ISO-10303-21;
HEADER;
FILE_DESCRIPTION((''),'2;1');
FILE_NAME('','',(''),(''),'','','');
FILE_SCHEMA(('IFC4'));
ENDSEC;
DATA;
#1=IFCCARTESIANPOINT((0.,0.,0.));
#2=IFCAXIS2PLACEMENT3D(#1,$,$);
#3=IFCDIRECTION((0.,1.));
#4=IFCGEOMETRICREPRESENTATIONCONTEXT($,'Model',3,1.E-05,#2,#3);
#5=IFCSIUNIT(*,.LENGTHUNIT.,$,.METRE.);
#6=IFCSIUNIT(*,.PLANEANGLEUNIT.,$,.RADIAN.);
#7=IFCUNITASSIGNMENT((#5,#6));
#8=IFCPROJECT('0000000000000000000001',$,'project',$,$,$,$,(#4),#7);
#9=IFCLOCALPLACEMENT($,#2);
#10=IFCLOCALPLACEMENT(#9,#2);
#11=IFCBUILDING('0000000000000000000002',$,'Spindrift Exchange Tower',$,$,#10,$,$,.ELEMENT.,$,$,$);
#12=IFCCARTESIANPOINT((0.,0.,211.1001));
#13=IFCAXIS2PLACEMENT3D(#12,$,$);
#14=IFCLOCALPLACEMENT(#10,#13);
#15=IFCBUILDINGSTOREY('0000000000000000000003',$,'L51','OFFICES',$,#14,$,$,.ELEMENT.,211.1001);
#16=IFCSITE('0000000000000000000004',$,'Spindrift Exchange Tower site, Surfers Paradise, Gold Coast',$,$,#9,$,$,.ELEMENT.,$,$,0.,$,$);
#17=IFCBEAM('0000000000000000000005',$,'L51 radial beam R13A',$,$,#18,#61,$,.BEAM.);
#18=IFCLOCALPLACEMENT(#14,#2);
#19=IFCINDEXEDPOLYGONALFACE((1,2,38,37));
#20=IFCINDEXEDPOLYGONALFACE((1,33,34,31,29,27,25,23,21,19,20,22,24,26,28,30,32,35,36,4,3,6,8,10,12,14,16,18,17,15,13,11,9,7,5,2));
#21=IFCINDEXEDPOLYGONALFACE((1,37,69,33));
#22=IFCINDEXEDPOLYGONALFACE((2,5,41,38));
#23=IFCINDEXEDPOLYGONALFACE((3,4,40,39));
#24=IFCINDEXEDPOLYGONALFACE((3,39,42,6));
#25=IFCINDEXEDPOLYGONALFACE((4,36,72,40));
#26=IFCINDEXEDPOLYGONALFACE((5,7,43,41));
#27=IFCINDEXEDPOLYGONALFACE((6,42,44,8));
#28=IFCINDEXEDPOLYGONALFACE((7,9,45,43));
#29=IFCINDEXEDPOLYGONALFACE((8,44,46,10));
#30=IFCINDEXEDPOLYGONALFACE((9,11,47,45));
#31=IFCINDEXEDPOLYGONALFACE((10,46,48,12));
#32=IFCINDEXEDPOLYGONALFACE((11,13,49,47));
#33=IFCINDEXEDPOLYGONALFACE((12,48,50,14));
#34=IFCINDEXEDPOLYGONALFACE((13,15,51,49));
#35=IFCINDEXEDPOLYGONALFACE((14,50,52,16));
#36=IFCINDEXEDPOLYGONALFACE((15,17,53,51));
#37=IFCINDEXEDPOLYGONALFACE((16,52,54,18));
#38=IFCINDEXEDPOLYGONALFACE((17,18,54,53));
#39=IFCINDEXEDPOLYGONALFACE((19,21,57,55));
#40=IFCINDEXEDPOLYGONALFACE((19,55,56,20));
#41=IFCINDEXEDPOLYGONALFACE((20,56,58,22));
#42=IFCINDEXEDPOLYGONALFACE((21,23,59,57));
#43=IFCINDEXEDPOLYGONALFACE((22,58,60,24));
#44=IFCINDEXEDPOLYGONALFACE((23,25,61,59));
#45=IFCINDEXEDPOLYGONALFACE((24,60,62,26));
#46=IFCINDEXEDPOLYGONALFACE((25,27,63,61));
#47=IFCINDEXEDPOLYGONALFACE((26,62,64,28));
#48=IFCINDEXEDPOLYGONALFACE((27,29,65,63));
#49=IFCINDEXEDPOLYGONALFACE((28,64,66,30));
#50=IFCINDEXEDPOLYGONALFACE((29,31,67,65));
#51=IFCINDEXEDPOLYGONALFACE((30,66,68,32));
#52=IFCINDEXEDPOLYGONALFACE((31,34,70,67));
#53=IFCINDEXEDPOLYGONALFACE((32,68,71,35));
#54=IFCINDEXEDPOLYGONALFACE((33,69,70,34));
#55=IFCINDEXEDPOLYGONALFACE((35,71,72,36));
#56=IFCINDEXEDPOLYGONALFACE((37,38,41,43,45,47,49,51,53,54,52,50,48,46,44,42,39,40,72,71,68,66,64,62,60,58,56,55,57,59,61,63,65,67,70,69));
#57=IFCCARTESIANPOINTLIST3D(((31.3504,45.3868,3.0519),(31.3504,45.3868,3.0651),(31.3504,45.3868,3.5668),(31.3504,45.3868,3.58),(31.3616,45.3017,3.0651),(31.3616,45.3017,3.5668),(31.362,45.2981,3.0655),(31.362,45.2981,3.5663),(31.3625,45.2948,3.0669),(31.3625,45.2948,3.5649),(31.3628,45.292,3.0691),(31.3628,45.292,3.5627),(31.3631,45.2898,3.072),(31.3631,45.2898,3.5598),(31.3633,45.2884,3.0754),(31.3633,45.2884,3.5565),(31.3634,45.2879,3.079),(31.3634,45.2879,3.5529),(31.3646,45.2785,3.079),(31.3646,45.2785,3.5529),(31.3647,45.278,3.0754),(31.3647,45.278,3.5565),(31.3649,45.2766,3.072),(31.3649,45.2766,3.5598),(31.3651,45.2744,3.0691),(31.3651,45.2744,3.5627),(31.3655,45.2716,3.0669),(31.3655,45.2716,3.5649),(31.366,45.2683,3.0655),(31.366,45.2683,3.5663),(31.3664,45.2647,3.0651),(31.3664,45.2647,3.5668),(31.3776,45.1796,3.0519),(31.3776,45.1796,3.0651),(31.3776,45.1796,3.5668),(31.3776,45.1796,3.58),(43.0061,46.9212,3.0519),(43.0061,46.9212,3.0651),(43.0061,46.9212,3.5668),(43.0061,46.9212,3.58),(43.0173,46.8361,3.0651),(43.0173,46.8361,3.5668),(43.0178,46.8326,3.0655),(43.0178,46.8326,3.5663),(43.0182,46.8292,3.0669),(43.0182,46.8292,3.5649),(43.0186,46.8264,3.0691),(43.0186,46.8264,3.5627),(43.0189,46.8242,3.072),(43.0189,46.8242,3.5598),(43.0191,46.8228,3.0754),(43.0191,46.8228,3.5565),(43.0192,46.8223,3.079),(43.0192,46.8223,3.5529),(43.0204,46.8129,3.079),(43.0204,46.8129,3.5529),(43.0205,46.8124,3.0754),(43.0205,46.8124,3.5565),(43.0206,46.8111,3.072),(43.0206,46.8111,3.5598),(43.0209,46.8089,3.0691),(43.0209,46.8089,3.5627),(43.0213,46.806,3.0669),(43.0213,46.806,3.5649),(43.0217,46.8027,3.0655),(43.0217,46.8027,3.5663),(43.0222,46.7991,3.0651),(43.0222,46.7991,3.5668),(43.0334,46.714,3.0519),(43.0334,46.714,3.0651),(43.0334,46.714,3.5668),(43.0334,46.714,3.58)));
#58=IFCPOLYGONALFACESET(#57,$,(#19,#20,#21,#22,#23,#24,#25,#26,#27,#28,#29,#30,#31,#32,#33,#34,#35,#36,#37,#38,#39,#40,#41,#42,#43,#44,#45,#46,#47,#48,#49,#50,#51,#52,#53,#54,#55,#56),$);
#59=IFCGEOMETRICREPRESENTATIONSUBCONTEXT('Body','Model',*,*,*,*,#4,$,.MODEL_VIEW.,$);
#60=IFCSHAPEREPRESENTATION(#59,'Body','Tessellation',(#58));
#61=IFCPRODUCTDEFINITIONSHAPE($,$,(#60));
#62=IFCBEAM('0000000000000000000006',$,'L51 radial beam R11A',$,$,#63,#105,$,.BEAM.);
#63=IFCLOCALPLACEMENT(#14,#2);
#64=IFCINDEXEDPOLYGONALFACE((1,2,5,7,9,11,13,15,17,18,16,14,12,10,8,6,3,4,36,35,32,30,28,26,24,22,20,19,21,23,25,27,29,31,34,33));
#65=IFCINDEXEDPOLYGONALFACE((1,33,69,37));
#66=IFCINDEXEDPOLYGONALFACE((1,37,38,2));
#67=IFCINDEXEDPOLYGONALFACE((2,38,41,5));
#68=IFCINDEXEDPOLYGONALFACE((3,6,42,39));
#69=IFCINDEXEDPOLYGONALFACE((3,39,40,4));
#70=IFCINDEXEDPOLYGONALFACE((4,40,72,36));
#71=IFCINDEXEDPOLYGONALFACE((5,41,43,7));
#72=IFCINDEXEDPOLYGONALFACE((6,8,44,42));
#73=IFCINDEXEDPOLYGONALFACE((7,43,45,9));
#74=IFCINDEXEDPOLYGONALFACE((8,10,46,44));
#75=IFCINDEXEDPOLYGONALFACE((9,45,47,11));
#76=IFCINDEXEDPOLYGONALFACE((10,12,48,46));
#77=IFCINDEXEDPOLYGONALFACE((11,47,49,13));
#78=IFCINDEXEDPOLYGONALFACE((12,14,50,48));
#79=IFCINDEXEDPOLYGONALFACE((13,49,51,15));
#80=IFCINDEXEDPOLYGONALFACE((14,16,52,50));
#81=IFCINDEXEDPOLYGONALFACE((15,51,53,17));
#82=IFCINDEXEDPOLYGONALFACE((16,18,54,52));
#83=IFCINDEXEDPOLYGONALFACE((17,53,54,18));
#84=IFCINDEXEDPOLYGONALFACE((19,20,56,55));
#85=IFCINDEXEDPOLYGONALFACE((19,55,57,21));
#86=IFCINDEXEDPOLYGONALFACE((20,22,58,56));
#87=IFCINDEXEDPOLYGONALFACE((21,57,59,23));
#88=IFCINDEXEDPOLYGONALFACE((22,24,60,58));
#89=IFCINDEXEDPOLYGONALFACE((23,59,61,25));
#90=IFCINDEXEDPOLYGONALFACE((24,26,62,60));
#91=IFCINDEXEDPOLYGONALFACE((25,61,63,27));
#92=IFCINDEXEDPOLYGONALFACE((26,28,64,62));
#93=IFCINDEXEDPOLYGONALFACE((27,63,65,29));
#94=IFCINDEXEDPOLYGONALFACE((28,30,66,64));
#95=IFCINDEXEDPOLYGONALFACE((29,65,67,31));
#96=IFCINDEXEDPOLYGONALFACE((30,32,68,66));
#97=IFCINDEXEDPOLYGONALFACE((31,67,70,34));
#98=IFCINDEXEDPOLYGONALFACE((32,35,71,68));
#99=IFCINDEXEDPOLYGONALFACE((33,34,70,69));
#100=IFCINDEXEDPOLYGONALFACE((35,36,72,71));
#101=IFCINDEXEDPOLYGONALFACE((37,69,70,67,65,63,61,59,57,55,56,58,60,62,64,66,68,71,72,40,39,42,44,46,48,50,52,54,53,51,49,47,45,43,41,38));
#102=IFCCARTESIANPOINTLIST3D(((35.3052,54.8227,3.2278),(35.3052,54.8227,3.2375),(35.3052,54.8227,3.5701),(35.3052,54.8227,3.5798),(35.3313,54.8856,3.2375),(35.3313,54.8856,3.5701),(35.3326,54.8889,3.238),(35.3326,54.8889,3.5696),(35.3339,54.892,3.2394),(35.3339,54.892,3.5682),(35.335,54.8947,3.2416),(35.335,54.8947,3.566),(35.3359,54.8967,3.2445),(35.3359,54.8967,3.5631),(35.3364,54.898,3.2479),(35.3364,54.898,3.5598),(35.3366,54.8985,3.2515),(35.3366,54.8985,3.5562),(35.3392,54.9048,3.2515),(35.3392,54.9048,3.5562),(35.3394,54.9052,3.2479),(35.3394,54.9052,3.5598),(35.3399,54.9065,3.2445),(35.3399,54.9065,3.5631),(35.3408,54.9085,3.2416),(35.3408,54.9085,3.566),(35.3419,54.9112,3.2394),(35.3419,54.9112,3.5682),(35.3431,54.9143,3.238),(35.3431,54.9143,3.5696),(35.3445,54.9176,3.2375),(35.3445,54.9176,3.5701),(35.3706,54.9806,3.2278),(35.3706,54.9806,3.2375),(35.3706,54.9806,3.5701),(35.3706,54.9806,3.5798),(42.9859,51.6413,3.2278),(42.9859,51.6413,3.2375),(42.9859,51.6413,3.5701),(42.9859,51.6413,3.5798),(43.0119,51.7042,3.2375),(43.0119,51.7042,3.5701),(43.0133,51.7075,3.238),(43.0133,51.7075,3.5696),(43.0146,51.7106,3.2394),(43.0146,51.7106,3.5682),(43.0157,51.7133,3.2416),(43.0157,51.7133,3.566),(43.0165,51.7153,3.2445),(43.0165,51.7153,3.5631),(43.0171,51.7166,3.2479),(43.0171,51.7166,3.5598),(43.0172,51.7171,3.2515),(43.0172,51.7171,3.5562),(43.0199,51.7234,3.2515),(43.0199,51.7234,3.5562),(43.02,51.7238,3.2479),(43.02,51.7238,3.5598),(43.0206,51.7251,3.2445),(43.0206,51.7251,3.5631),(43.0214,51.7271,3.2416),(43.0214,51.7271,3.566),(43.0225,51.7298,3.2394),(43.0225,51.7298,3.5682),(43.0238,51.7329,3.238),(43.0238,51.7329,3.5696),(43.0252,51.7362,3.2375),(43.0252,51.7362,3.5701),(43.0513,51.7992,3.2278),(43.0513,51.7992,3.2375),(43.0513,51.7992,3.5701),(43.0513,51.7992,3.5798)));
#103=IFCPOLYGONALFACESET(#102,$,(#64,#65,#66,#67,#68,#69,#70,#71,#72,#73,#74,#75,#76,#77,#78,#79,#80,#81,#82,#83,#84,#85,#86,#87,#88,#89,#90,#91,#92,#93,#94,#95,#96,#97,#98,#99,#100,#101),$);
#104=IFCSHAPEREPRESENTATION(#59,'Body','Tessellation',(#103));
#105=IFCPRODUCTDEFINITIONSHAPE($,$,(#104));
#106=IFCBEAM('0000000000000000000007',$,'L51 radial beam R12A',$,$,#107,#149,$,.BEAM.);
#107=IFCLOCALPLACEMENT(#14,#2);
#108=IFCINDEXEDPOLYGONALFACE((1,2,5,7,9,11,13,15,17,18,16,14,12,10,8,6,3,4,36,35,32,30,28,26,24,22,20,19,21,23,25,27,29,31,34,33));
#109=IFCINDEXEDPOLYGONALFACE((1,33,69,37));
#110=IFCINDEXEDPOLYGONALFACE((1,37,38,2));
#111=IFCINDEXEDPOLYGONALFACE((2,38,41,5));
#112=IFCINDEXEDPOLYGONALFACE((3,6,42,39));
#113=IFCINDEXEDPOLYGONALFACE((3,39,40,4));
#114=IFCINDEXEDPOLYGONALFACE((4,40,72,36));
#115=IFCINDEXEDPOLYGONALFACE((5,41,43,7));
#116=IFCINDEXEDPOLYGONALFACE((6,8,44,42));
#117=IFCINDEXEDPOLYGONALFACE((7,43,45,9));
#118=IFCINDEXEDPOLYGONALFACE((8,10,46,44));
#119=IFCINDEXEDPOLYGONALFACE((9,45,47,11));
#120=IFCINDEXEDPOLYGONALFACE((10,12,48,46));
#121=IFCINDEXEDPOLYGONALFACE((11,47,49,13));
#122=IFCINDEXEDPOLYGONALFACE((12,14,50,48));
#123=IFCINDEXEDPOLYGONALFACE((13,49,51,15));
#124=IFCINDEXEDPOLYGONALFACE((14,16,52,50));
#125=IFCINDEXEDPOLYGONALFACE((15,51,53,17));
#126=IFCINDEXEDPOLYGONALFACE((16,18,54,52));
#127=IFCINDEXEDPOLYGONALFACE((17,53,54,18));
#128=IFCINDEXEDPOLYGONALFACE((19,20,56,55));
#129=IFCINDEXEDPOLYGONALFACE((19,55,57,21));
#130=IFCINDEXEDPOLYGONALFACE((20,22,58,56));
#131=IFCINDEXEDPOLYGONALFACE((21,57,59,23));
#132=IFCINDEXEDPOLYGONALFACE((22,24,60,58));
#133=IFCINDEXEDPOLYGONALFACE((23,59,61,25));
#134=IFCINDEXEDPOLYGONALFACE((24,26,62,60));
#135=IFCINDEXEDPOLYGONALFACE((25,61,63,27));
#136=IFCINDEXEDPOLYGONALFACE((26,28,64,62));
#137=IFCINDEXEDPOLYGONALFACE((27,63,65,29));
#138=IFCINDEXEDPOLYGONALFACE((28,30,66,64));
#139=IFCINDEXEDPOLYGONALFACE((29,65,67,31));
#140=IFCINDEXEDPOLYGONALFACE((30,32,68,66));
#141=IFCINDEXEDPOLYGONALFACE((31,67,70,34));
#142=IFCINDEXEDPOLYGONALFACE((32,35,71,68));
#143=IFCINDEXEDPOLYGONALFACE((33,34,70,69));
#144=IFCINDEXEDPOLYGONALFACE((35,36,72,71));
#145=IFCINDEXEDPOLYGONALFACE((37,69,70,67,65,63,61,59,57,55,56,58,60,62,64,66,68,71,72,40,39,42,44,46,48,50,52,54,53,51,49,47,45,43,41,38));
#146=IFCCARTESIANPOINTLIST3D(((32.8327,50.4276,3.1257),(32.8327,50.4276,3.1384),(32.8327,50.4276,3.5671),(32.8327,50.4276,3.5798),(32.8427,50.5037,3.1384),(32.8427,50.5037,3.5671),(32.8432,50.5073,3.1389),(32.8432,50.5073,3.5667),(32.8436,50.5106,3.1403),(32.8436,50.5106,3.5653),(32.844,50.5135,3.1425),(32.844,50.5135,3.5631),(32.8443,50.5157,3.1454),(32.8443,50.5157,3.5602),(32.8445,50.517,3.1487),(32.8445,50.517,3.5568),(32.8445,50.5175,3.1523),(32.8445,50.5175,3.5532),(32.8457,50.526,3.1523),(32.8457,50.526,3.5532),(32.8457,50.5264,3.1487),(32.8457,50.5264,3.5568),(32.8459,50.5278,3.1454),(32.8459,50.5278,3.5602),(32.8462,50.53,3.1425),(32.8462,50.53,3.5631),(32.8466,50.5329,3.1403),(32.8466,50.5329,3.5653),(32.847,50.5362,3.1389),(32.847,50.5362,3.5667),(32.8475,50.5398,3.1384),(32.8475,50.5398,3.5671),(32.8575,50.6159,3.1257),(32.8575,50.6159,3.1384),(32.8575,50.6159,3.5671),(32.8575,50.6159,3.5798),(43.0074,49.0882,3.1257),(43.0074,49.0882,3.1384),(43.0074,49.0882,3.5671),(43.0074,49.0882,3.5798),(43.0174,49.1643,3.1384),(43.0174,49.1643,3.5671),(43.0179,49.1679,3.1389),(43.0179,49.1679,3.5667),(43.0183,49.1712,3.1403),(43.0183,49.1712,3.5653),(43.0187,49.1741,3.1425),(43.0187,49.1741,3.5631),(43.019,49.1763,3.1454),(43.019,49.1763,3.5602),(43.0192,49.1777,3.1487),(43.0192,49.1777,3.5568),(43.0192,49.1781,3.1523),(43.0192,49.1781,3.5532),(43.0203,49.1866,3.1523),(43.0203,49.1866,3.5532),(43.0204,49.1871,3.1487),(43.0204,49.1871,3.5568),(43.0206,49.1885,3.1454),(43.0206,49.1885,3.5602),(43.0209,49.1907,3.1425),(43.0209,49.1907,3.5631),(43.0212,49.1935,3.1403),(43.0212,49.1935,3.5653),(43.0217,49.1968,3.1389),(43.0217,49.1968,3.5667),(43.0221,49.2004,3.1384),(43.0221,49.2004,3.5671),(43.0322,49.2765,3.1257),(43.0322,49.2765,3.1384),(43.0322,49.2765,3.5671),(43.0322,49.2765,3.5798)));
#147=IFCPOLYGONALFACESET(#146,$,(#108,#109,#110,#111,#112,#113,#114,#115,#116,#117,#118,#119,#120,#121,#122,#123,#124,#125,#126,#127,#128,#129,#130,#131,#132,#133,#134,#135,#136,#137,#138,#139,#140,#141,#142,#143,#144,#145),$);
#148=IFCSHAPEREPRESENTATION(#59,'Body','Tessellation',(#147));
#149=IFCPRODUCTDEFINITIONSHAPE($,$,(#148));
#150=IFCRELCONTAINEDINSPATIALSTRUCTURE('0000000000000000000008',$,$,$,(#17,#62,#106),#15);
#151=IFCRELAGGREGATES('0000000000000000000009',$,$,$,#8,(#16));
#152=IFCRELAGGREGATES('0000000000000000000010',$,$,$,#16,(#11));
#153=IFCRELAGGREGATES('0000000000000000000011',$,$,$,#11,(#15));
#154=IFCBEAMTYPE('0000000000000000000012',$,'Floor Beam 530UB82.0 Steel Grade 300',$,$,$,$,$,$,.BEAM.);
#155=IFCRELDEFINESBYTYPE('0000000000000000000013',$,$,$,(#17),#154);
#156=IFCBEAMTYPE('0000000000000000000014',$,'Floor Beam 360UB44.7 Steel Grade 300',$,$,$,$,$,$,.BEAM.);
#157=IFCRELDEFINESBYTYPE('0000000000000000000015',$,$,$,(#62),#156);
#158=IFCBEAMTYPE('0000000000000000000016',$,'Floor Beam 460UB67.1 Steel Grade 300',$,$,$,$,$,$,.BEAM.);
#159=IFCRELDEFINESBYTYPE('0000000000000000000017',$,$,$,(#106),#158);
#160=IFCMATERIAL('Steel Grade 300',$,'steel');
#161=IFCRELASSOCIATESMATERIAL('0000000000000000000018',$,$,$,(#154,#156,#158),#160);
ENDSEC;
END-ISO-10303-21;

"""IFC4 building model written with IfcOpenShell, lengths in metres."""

from ifc_helpers import new_model, si_unit, direction, frame, origin, origin_2d, place, context, subcontext, project, spatial, i_section, extrude, source, transform, mapped, material, material_profile, profile_set, type_object, element, save


model = new_model("IFC4")

# Units and contexts
model_context = context("Model", 3, precision=1e-05, world=origin(), true_north=direction((0.0, 1.0)))
body_context = subcontext(model_context, "Body", "Model", "MODEL_VIEW")
ifc_project = project(units=[si_unit("LENGTHUNIT", "METRE"), si_unit("PLANEANGLEUNIT", "RADIAN")], contexts=[model_context])

# Site, building, storey
site_placement = place(None, origin())
site = spatial("IfcSite", under=ifc_project, at=site_placement, Name="Spindrift Exchange Tower site, Surfers Paradise, Gold Coast", CompositionType="ELEMENT", RefElevation=0.0)
building_placement = place(site_placement, origin())
building = spatial("IfcBuilding", under=site, at=building_placement, Name="Spindrift Exchange Tower", CompositionType="ELEMENT")
storey_placement = place(building_placement, frame((0.0, 0.0, 211.1001)))
storey = spatial("IfcBuildingStorey", under=building, at=storey_placement, Name="L51", Description="OFFICES", CompositionType="ELEMENT", Elevation=211.1001)

# Beams
ifc_material_1 = material(Name="Steel Grade 300", Category="steel")
ifc_material_profile_1 = material_profile(ifc_material_1, i_section(OverallWidth=0.209, OverallDepth=0.5281, WebThickness=0.0095, FlangeThickness=0.0132, FilletRadius=0.0139, at=origin_2d()), Name="530UB82.0")
ifc_profile_set_1 = profile_set([ifc_material_profile_1], Name="Steel Grade 300")
beam_type_1 = type_object("IfcBeamType", Name="Floor Beam 530UB82.0 Steel Grade 300", PredefinedType="BEAM", material=ifc_profile_set_1)
shared_shape_1 = source(origin(), body_context, "Body", "SweptSolid", [
    extrude(i_section(OverallWidth=0.209, OverallDepth=0.5281, WebThickness=0.0095, FlangeThickness=0.0132, FilletRadius=0.0139, at=origin_2d()), origin(), (0.0, 0.0, 1.0), 11.7563),
])
beam_1_placement = place(storey_placement, frame((43.0198, 46.8176, 3.3159), z_axis=(-0.991446, -0.130519, 0.0), x_axis=(0.130519, -0.991446, 0.0)))
element("IfcBeam", 1, at=beam_1_placement, inside=storey, type_object=beam_type_1, Name="L51 radial beam R13A", PredefinedType="BEAM", context=body_context, shape_type="MappedRepresentation", body=[
    mapped(shared_shape_1, transform((0.0, 0.0, 0.0), scale=1.0)),
])
ifc_material_profile_2 = material_profile(ifc_material_1, i_section(OverallWidth=0.1709, OverallDepth=0.3521, WebThickness=0.0068, FlangeThickness=0.0098, FilletRadius=0.0139, at=origin_2d()), Name="360UB44.7")
ifc_profile_set_2 = profile_set([ifc_material_profile_2], Name="Steel Grade 300")
beam_type_2 = type_object("IfcBeamType", Name="Floor Beam 360UB44.7 Steel Grade 300", PredefinedType="BEAM", material=ifc_profile_set_2)
shared_shape_2 = source(origin(), body_context, "Body", "SweptSolid", [
    extrude(i_section(OverallWidth=0.1709, OverallDepth=0.3521, WebThickness=0.0068, FlangeThickness=0.0098, FilletRadius=0.0139, at=origin_2d()), origin(), (0.0, 0.0, 1.0), 8.3135),
])
beam_2_placement = place(storey_placement, frame((43.0186, 51.7202, 3.4038), z_axis=(-0.923881, 0.382679, 0.0), x_axis=(-0.382679, -0.923881, 0.0)))
element("IfcBeam", 2, at=beam_2_placement, inside=storey, type_object=beam_type_2, Name="L51 radial beam R11A", PredefinedType="BEAM", context=body_context, shape_type="MappedRepresentation", body=[
    mapped(shared_shape_2, transform((0.0, 0.0, 0.0), scale=1.0)),
])
ifc_material_profile_3 = material_profile(ifc_material_1, i_section(OverallWidth=0.1899, OverallDepth=0.4541, WebThickness=0.0085, FlangeThickness=0.0127, FilletRadius=0.0139, at=origin_2d()), Name="460UB67.1")
ifc_profile_set_3 = profile_set([ifc_material_profile_3], Name="Steel Grade 300")
beam_type_3 = type_object("IfcBeamType", Name="Floor Beam 460UB67.1 Steel Grade 300", PredefinedType="BEAM", material=ifc_profile_set_3)
shared_shape_3 = source(origin(), body_context, "Body", "SweptSolid", [
    extrude(i_section(OverallWidth=0.1899, OverallDepth=0.4541, WebThickness=0.0085, FlangeThickness=0.0127, FilletRadius=0.0139, at=origin_2d()), origin(), (0.0, 0.0, 1.0), 10.2625),
])
beam_3_placement = place(storey_placement, frame((43.0198, 49.1824, 3.3528), z_axis=(-0.991447, 0.130512, 0.0), x_axis=(-0.130512, -0.991447, 0.0)))
element("IfcBeam", 3, at=beam_3_placement, inside=storey, type_object=beam_type_3, Name="L51 radial beam R12A", PredefinedType="BEAM", context=body_context, shape_type="MappedRepresentation", body=[
    mapped(shared_shape_3, transform((0.0, 0.0, 0.0), scale=1.0)),
])

save(model, "model.ifc")
